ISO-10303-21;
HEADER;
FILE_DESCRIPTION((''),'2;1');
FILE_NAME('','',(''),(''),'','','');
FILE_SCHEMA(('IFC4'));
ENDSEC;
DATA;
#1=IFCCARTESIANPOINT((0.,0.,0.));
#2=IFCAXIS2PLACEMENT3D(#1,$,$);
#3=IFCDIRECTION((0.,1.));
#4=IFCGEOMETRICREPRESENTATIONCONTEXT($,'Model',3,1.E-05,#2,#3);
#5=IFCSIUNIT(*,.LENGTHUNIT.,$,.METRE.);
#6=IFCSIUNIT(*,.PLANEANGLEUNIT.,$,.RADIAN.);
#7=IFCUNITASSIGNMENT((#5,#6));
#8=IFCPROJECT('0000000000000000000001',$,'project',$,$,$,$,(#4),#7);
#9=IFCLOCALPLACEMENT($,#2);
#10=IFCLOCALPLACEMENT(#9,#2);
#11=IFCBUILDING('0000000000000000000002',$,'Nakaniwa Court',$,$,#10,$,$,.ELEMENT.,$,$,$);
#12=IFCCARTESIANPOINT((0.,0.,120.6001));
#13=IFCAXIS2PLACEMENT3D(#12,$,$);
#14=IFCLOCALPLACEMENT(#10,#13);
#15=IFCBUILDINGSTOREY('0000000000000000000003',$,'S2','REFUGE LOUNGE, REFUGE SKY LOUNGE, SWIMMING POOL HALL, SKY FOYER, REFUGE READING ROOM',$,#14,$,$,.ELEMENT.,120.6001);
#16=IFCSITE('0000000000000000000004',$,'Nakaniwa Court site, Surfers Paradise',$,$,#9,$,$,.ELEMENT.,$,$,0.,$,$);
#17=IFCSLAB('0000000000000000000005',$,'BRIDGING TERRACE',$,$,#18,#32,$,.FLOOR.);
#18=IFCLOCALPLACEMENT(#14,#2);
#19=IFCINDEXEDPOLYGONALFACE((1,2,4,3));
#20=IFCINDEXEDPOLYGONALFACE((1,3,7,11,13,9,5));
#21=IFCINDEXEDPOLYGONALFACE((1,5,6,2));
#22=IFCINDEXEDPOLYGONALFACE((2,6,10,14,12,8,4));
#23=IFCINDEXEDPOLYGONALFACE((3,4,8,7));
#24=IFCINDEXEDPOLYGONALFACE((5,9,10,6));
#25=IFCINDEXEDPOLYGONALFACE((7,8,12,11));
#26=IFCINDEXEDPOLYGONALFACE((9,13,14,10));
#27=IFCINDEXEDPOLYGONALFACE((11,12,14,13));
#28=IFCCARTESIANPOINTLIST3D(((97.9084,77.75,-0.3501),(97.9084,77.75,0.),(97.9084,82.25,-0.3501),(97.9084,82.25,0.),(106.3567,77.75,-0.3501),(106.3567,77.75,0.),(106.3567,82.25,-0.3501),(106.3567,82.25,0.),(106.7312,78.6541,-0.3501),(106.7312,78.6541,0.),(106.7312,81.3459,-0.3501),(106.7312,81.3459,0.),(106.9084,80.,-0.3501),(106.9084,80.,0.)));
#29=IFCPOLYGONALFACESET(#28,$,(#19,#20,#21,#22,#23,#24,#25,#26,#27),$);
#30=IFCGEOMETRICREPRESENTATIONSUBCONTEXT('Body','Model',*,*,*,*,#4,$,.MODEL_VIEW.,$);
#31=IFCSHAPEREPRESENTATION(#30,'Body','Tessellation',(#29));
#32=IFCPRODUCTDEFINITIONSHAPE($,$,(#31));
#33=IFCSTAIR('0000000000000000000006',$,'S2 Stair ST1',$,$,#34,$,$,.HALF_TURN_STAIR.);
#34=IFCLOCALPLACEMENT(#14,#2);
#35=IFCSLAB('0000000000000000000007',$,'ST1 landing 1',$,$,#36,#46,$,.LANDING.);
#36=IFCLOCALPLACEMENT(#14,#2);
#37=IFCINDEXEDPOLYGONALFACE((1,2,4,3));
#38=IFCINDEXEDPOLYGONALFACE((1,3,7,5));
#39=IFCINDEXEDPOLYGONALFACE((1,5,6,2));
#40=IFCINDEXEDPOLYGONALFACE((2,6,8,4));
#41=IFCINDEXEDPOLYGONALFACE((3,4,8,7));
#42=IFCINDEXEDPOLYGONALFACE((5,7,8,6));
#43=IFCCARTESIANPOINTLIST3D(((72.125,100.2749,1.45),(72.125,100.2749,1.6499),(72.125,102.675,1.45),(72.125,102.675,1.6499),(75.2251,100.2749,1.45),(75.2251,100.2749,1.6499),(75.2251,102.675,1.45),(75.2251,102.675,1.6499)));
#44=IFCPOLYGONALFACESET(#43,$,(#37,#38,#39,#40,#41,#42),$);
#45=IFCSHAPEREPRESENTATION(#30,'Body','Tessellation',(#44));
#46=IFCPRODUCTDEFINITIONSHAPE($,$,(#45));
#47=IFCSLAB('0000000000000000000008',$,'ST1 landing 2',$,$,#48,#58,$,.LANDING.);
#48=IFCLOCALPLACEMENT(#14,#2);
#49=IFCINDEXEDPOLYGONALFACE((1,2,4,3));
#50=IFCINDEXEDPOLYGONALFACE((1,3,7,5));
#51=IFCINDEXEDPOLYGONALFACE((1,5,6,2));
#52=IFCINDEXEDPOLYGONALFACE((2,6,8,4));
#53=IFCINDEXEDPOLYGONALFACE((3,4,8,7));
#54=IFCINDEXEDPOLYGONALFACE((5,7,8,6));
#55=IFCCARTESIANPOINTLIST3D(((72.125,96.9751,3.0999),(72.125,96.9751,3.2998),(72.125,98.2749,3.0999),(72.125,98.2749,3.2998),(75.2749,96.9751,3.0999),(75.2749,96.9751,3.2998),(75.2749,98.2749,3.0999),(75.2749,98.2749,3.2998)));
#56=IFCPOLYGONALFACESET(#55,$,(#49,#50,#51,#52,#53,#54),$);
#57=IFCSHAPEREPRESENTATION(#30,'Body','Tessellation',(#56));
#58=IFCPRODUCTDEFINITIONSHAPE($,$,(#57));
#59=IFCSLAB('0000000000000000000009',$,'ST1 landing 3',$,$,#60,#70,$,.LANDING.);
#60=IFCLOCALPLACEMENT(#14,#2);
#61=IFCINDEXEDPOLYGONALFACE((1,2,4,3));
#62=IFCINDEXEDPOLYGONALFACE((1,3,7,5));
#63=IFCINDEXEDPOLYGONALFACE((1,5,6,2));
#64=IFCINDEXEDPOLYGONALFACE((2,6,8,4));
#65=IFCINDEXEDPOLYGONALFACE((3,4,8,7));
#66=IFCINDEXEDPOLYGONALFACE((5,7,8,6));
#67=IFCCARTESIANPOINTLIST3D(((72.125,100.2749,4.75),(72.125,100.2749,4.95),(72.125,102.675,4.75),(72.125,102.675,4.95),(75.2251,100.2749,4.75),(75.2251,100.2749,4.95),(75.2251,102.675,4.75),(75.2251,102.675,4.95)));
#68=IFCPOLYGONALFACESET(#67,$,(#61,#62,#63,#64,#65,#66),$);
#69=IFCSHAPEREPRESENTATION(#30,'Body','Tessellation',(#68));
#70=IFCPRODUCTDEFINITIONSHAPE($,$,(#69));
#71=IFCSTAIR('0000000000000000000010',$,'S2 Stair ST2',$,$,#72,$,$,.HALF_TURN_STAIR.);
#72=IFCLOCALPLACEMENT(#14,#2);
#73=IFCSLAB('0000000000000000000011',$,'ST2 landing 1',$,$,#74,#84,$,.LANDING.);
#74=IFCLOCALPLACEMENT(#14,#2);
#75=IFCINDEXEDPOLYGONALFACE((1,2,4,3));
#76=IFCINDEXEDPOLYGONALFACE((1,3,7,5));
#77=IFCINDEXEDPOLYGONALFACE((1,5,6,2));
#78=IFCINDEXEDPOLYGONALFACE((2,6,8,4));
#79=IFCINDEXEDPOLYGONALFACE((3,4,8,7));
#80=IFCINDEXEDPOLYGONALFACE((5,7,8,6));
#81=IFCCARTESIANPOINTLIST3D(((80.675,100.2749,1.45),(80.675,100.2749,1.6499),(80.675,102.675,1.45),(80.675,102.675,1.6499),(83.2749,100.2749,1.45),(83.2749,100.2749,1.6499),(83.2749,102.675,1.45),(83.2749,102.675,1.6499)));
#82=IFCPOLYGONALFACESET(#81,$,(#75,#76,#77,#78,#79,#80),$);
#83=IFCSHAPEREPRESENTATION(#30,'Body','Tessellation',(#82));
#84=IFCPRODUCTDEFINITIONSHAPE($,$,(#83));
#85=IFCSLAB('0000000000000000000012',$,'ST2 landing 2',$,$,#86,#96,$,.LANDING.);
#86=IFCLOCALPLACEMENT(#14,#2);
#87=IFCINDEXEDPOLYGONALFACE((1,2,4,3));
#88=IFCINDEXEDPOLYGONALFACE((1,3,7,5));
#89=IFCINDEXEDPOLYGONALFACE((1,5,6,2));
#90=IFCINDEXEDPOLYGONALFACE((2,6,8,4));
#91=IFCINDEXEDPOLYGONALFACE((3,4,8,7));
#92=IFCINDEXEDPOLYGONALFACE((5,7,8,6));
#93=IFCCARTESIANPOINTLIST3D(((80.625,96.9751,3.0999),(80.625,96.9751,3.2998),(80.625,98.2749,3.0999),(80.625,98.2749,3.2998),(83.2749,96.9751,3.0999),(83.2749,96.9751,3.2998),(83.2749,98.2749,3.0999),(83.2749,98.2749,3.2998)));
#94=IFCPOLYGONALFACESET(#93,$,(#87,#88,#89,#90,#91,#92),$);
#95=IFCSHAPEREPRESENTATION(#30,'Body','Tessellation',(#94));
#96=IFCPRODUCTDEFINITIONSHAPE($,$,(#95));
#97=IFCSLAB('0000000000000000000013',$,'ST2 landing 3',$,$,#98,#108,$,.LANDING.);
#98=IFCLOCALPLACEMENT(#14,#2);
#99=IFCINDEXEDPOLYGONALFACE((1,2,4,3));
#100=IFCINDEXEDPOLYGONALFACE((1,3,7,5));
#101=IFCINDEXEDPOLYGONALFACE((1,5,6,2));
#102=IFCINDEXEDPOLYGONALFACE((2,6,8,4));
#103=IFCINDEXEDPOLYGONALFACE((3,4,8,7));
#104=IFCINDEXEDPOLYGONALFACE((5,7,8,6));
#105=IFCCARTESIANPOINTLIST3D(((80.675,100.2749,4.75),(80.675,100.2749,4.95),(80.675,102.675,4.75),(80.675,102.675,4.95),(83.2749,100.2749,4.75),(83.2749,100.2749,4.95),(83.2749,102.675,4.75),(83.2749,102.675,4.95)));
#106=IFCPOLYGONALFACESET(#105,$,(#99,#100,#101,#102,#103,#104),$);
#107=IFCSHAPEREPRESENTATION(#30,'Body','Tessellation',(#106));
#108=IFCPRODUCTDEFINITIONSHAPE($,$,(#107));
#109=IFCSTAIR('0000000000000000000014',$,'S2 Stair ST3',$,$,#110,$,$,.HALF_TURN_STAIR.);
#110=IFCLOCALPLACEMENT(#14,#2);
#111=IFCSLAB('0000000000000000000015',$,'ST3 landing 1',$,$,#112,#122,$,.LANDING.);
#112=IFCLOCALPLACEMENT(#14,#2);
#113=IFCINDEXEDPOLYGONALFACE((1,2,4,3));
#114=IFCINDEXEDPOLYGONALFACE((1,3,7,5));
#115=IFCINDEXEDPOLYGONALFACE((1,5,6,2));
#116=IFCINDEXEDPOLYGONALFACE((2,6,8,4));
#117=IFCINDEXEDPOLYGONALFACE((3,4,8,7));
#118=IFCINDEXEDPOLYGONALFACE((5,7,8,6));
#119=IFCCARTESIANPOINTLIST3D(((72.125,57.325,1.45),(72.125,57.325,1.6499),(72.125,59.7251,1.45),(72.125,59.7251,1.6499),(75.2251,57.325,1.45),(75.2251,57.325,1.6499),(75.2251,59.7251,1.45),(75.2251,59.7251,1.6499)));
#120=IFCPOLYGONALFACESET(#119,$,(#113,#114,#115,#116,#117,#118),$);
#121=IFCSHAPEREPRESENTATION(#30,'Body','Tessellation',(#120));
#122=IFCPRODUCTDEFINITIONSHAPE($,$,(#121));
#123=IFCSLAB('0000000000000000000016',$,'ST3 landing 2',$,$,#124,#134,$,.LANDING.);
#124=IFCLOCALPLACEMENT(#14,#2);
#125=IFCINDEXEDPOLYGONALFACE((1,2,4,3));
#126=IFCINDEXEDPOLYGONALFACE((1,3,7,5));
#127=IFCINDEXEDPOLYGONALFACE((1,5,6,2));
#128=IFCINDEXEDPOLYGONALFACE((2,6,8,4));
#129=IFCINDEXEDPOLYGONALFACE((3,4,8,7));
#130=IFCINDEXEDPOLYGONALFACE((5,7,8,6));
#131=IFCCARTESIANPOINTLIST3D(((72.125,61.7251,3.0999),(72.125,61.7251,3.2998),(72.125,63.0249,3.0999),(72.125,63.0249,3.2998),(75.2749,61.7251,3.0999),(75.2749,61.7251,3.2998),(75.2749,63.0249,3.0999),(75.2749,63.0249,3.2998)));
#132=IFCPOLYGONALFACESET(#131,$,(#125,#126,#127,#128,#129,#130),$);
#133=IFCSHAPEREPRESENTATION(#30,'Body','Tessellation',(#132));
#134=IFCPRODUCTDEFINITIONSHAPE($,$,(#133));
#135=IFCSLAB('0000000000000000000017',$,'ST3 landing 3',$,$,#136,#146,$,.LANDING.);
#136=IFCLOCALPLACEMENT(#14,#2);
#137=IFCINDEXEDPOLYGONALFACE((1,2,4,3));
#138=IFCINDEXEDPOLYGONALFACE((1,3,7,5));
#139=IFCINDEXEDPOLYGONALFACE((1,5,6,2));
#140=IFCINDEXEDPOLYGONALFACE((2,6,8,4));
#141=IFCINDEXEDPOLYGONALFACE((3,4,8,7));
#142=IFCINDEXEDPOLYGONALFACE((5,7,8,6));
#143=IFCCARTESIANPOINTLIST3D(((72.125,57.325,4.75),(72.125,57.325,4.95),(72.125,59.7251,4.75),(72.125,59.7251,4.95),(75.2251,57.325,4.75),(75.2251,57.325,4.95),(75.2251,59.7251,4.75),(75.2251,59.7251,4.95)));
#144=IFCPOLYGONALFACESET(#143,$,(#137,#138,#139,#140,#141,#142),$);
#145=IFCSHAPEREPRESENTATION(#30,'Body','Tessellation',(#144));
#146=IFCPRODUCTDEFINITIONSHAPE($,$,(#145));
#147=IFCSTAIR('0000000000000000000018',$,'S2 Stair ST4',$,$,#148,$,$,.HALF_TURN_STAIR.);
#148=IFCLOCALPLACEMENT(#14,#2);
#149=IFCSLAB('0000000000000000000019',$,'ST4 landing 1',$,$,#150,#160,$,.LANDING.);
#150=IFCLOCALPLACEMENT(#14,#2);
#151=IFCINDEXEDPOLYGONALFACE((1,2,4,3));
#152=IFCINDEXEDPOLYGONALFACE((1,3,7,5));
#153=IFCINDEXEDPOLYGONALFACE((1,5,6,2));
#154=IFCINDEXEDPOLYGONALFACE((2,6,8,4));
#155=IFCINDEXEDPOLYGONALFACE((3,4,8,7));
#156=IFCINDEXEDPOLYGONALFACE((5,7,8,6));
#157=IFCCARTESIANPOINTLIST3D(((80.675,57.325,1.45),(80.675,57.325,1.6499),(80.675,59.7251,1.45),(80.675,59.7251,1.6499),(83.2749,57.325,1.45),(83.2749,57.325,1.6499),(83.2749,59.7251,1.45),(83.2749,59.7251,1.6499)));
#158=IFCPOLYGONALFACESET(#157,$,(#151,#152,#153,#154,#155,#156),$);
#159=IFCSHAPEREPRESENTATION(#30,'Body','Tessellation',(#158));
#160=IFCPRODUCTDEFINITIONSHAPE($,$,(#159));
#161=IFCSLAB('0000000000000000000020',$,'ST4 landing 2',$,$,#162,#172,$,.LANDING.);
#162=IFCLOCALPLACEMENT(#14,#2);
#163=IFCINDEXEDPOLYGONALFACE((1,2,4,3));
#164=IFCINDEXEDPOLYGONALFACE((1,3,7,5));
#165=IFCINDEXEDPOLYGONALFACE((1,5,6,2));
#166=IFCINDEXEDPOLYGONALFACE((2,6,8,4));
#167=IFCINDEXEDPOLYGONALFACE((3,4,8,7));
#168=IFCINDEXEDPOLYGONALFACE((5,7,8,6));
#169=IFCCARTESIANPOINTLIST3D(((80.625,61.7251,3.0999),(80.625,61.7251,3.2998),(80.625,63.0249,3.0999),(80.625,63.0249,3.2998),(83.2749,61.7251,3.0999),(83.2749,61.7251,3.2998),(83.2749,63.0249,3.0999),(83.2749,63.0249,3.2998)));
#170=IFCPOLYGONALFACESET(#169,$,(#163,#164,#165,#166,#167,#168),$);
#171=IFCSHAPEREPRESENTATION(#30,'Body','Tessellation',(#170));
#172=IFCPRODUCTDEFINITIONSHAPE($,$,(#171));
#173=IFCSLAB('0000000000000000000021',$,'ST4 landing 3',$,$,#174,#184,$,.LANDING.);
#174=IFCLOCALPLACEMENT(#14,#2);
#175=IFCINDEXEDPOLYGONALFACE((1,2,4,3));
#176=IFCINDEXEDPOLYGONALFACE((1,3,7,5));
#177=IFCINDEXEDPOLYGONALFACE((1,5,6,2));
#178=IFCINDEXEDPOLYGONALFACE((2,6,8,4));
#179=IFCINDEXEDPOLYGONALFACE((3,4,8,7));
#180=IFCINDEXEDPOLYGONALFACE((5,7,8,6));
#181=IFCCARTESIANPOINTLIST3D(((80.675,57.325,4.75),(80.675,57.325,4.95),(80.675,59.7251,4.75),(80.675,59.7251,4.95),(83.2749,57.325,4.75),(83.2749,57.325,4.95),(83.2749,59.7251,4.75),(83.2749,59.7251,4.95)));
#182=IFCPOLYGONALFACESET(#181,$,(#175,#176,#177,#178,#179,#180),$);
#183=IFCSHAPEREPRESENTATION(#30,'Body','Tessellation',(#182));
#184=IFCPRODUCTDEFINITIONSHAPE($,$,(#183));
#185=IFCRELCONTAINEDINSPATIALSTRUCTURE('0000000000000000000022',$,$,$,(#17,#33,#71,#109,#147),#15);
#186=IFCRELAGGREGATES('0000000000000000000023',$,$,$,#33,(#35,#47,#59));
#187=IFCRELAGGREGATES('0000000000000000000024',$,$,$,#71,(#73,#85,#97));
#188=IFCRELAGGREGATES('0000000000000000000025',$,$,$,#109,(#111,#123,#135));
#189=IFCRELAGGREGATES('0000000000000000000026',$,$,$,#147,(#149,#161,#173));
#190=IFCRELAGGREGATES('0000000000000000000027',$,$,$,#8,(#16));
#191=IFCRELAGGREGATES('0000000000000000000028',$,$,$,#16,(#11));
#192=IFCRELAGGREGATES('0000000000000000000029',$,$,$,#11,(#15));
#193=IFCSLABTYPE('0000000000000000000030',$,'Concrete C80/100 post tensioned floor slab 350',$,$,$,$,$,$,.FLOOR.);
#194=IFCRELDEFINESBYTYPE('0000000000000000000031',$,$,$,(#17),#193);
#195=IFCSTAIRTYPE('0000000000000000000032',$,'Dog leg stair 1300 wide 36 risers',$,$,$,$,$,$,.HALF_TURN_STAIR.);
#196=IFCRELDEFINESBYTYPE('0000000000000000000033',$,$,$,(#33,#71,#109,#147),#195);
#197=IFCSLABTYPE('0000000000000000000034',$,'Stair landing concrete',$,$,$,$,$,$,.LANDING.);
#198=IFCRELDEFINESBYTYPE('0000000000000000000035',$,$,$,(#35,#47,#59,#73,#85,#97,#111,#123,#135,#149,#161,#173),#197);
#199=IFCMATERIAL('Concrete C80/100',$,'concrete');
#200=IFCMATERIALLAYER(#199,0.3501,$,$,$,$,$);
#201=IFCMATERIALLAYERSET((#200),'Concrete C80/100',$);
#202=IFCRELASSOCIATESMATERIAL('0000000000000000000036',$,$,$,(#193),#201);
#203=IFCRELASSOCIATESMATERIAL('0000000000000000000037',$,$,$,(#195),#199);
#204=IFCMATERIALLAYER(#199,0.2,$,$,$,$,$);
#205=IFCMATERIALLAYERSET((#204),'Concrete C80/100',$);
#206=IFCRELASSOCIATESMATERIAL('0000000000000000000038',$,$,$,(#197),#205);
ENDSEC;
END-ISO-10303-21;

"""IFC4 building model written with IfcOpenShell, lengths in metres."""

from ifc_helpers import new_model, si_unit, direction, frame, origin, place, context, subcontext, project, spatial, polyline, outline, extrude, material, layer, layer_set, type_object, element, aggregate, save


model = new_model("IFC4")

# Units and contexts
model_context = context("Model", 3, precision=1e-05, world=origin(), true_north=direction((0.0, 1.0)))
body_context = subcontext(model_context, "Body", "Model", "MODEL_VIEW")
ifc_project = project(units=[si_unit("LENGTHUNIT", "METRE"), si_unit("PLANEANGLEUNIT", "RADIAN")], contexts=[model_context])

# Site, building, storey
site_placement = place(None, origin())
site = spatial("IfcSite", under=ifc_project, at=site_placement, Name="Nakaniwa Court site, Surfers Paradise", CompositionType="ELEMENT", RefElevation=0.0)
building_placement = place(site_placement, origin())
building = spatial("IfcBuilding", under=site, at=building_placement, Name="Nakaniwa Court", CompositionType="ELEMENT")
storey_placement = place(building_placement, frame((0.0, 0.0, 120.6001)))
storey = spatial("IfcBuildingStorey", under=building, at=storey_placement, Name="S2", Description="REFUGE LOUNGE, REFUGE SKY LOUNGE, SWIMMING POOL HALL, SKY FOYER, REFUGE READING ROOM", CompositionType="ELEMENT", Elevation=120.6001)

# Shared definitions
ifc_material_1 = material(Name="Concrete C80/100", Category="concrete")

# Slab
ifc_layer_1 = layer(ifc_material_1, 0.3501)
ifc_layer_set_1 = layer_set([ifc_layer_1], Name="Concrete C80/100")
slab_type_1 = type_object("IfcSlabType", Name="Concrete C80/100 post tensioned floor slab 350", PredefinedType="FLOOR", material=ifc_layer_set_1)
slab_1_placement = place(storey_placement, frame((0.0, 0.0, -0.3501)))
element("IfcSlab", 1, at=slab_1_placement, inside=storey, type_object=slab_type_1, Name="BRIDGING TERRACE", PredefinedType="FLOOR", context=body_context, shape_type="SweptSolid", body=[
    extrude(outline(polyline([(97.9084, 77.75), (106.3567, 77.75), (106.7312, 78.6541), (106.9084, 80.0), (106.7312, 81.3459), (106.3567, 82.25), (97.9084, 82.25), (97.9084, 77.75)])), origin(), (0.0, 0.0, 1.0), 0.3501),
])

# Stairs, slabs
stair_type = type_object("IfcStairType", Name="Dog leg stair 1300 wide 36 risers", PredefinedType="HALF_TURN_STAIR", material=ifc_material_1)
stair_1_placement = place(storey_placement, origin())
stair_1 = element("IfcStair", 2, at=stair_1_placement, inside=storey, type_object=stair_type, Name="S2 Stair ST1", PredefinedType="HALF_TURN_STAIR")
ifc_layer_2 = layer(ifc_material_1, 0.2)
ifc_layer_set_2 = layer_set([ifc_layer_2], Name="Concrete C80/100")
slab_type_2 = type_object("IfcSlabType", Name="Stair landing concrete", PredefinedType="LANDING", material=ifc_layer_set_2)
slab_2_placement = place(storey_placement, frame((0.0, 0.0, 1.45)))
slab_2 = element("IfcSlab", 3, at=slab_2_placement, type_object=slab_type_2, Name="ST1 landing 1", PredefinedType="LANDING", context=body_context, shape_type="SweptSolid", body=[
    extrude(outline(polyline([(75.2251, 100.2749), (75.2251, 102.675), (72.125, 102.675), (72.125, 100.2749), (75.2251, 100.2749)])), origin(), (0.0, 0.0, 1.0), 0.2),
])
slab_3_placement = place(storey_placement, frame((0.0, 0.0, 3.0999)))
slab_3 = element("IfcSlab", 4, at=slab_3_placement, type_object=slab_type_2, Name="ST1 landing 2", PredefinedType="LANDING", context=body_context, shape_type="SweptSolid", body=[
    extrude(outline(polyline([(75.2749, 96.9751), (75.2749, 98.2749), (72.125, 98.2749), (72.125, 96.9751), (75.2749, 96.9751)])), origin(), (0.0, 0.0, 1.0), 0.2),
])
slab_4_placement = place(storey_placement, frame((0.0, 0.0, 4.75)))
slab_4 = element("IfcSlab", 5, at=slab_4_placement, type_object=slab_type_2, Name="ST1 landing 3", PredefinedType="LANDING", context=body_context, shape_type="SweptSolid", body=[
    extrude(outline(polyline([(75.2251, 100.2749), (75.2251, 102.675), (72.125, 102.675), (72.125, 100.2749), (75.2251, 100.2749)])), origin(), (0.0, 0.0, 1.0), 0.2),
])
aggregate(stair_1, [slab_2, slab_3, slab_4])
stair_2_placement = place(storey_placement, origin())
stair_2 = element("IfcStair", 6, at=stair_2_placement, inside=storey, type_object=stair_type, Name="S2 Stair ST2", PredefinedType="HALF_TURN_STAIR")
slab_5_placement = place(storey_placement, frame((0.0, 0.0, 1.45)))
slab_5 = element("IfcSlab", 7, at=slab_5_placement, type_object=slab_type_2, Name="ST2 landing 1", PredefinedType="LANDING", context=body_context, shape_type="SweptSolid", body=[
    extrude(outline(polyline([(83.2749, 100.2749), (83.2749, 102.675), (80.675, 102.675), (80.675, 100.2749), (83.2749, 100.2749)])), origin(), (0.0, 0.0, 1.0), 0.2),
])
slab_6_placement = place(storey_placement, frame((0.0, 0.0, 3.0999)))
slab_6 = element("IfcSlab", 8, at=slab_6_placement, type_object=slab_type_2, Name="ST2 landing 2", PredefinedType="LANDING", context=body_context, shape_type="SweptSolid", body=[
    extrude(outline(polyline([(83.2749, 96.9751), (83.2749, 98.2749), (80.625, 98.2749), (80.625, 96.9751), (83.2749, 96.9751)])), origin(), (0.0, 0.0, 1.0), 0.2),
])
slab_7_placement = place(storey_placement, frame((0.0, 0.0, 4.75)))
slab_7 = element("IfcSlab", 9, at=slab_7_placement, type_object=slab_type_2, Name="ST2 landing 3", PredefinedType="LANDING", context=body_context, shape_type="SweptSolid", body=[
    extrude(outline(polyline([(83.2749, 100.2749), (83.2749, 102.675), (80.675, 102.675), (80.675, 100.2749), (83.2749, 100.2749)])), origin(), (0.0, 0.0, 1.0), 0.2),
])
aggregate(stair_2, [slab_5, slab_6, slab_7])
stair_3_placement = place(storey_placement, origin())
stair_3 = element("IfcStair", 10, at=stair_3_placement, inside=storey, type_object=stair_type, Name="S2 Stair ST3", PredefinedType="HALF_TURN_STAIR")
slab_8_placement = place(storey_placement, frame((0.0, 0.0, 1.45)))
slab_8 = element("IfcSlab", 11, at=slab_8_placement, type_object=slab_type_2, Name="ST3 landing 1", PredefinedType="LANDING", context=body_context, shape_type="SweptSolid", body=[
    extrude(outline(polyline([(75.2251, 57.325), (75.2251, 59.7251), (72.125, 59.7251), (72.125, 57.325), (75.2251, 57.325)])), origin(), (0.0, 0.0, 1.0), 0.2),
])
slab_9_placement = place(storey_placement, frame((0.0, 0.0, 3.0999)))
slab_9 = element("IfcSlab", 12, at=slab_9_placement, type_object=slab_type_2, Name="ST3 landing 2", PredefinedType="LANDING", context=body_context, shape_type="SweptSolid", body=[
    extrude(outline(polyline([(75.2749, 61.7251), (75.2749, 63.0249), (72.125, 63.0249), (72.125, 61.7251), (75.2749, 61.7251)])), origin(), (0.0, 0.0, 1.0), 0.2),
])
slab_10_placement = place(storey_placement, frame((0.0, 0.0, 4.75)))
slab_10 = element("IfcSlab", 13, at=slab_10_placement, type_object=slab_type_2, Name="ST3 landing 3", PredefinedType="LANDING", context=body_context, shape_type="SweptSolid", body=[
    extrude(outline(polyline([(75.2251, 57.325), (75.2251, 59.7251), (72.125, 59.7251), (72.125, 57.325), (75.2251, 57.325)])), origin(), (0.0, 0.0, 1.0), 0.2),
])
aggregate(stair_3, [slab_8, slab_9, slab_10])
stair_4_placement = place(storey_placement, origin())
stair_4 = element("IfcStair", 14, at=stair_4_placement, inside=storey, type_object=stair_type, Name="S2 Stair ST4", PredefinedType="HALF_TURN_STAIR")
slab_11_placement = place(storey_placement, frame((0.0, 0.0, 1.45)))
slab_11 = element("IfcSlab", 15, at=slab_11_placement, type_object=slab_type_2, Name="ST4 landing 1", PredefinedType="LANDING", context=body_context, shape_type="SweptSolid", body=[
    extrude(outline(polyline([(83.2749, 57.325), (83.2749, 59.7251), (80.675, 59.7251), (80.675, 57.325), (83.2749, 57.325)])), origin(), (0.0, 0.0, 1.0), 0.2),
])
slab_12_placement = place(storey_placement, frame((0.0, 0.0, 3.0999)))
slab_12 = element("IfcSlab", 16, at=slab_12_placement, type_object=slab_type_2, Name="ST4 landing 2", PredefinedType="LANDING", context=body_context, shape_type="SweptSolid", body=[
    extrude(outline(polyline([(83.2749, 61.7251), (83.2749, 63.0249), (80.625, 63.0249), (80.625, 61.7251), (83.2749, 61.7251)])), origin(), (0.0, 0.0, 1.0), 0.2),
])
slab_13_placement = place(storey_placement, frame((0.0, 0.0, 4.75)))
slab_13 = element("IfcSlab", 17, at=slab_13_placement, type_object=slab_type_2, Name="ST4 landing 3", PredefinedType="LANDING", context=body_context, shape_type="SweptSolid", body=[
    extrude(outline(polyline([(83.2749, 57.325), (83.2749, 59.7251), (80.675, 59.7251), (80.675, 57.325), (83.2749, 57.325)])), origin(), (0.0, 0.0, 1.0), 0.2),
])
aggregate(stair_4, [slab_11, slab_12, slab_13])

save(model, "model.ifc")
